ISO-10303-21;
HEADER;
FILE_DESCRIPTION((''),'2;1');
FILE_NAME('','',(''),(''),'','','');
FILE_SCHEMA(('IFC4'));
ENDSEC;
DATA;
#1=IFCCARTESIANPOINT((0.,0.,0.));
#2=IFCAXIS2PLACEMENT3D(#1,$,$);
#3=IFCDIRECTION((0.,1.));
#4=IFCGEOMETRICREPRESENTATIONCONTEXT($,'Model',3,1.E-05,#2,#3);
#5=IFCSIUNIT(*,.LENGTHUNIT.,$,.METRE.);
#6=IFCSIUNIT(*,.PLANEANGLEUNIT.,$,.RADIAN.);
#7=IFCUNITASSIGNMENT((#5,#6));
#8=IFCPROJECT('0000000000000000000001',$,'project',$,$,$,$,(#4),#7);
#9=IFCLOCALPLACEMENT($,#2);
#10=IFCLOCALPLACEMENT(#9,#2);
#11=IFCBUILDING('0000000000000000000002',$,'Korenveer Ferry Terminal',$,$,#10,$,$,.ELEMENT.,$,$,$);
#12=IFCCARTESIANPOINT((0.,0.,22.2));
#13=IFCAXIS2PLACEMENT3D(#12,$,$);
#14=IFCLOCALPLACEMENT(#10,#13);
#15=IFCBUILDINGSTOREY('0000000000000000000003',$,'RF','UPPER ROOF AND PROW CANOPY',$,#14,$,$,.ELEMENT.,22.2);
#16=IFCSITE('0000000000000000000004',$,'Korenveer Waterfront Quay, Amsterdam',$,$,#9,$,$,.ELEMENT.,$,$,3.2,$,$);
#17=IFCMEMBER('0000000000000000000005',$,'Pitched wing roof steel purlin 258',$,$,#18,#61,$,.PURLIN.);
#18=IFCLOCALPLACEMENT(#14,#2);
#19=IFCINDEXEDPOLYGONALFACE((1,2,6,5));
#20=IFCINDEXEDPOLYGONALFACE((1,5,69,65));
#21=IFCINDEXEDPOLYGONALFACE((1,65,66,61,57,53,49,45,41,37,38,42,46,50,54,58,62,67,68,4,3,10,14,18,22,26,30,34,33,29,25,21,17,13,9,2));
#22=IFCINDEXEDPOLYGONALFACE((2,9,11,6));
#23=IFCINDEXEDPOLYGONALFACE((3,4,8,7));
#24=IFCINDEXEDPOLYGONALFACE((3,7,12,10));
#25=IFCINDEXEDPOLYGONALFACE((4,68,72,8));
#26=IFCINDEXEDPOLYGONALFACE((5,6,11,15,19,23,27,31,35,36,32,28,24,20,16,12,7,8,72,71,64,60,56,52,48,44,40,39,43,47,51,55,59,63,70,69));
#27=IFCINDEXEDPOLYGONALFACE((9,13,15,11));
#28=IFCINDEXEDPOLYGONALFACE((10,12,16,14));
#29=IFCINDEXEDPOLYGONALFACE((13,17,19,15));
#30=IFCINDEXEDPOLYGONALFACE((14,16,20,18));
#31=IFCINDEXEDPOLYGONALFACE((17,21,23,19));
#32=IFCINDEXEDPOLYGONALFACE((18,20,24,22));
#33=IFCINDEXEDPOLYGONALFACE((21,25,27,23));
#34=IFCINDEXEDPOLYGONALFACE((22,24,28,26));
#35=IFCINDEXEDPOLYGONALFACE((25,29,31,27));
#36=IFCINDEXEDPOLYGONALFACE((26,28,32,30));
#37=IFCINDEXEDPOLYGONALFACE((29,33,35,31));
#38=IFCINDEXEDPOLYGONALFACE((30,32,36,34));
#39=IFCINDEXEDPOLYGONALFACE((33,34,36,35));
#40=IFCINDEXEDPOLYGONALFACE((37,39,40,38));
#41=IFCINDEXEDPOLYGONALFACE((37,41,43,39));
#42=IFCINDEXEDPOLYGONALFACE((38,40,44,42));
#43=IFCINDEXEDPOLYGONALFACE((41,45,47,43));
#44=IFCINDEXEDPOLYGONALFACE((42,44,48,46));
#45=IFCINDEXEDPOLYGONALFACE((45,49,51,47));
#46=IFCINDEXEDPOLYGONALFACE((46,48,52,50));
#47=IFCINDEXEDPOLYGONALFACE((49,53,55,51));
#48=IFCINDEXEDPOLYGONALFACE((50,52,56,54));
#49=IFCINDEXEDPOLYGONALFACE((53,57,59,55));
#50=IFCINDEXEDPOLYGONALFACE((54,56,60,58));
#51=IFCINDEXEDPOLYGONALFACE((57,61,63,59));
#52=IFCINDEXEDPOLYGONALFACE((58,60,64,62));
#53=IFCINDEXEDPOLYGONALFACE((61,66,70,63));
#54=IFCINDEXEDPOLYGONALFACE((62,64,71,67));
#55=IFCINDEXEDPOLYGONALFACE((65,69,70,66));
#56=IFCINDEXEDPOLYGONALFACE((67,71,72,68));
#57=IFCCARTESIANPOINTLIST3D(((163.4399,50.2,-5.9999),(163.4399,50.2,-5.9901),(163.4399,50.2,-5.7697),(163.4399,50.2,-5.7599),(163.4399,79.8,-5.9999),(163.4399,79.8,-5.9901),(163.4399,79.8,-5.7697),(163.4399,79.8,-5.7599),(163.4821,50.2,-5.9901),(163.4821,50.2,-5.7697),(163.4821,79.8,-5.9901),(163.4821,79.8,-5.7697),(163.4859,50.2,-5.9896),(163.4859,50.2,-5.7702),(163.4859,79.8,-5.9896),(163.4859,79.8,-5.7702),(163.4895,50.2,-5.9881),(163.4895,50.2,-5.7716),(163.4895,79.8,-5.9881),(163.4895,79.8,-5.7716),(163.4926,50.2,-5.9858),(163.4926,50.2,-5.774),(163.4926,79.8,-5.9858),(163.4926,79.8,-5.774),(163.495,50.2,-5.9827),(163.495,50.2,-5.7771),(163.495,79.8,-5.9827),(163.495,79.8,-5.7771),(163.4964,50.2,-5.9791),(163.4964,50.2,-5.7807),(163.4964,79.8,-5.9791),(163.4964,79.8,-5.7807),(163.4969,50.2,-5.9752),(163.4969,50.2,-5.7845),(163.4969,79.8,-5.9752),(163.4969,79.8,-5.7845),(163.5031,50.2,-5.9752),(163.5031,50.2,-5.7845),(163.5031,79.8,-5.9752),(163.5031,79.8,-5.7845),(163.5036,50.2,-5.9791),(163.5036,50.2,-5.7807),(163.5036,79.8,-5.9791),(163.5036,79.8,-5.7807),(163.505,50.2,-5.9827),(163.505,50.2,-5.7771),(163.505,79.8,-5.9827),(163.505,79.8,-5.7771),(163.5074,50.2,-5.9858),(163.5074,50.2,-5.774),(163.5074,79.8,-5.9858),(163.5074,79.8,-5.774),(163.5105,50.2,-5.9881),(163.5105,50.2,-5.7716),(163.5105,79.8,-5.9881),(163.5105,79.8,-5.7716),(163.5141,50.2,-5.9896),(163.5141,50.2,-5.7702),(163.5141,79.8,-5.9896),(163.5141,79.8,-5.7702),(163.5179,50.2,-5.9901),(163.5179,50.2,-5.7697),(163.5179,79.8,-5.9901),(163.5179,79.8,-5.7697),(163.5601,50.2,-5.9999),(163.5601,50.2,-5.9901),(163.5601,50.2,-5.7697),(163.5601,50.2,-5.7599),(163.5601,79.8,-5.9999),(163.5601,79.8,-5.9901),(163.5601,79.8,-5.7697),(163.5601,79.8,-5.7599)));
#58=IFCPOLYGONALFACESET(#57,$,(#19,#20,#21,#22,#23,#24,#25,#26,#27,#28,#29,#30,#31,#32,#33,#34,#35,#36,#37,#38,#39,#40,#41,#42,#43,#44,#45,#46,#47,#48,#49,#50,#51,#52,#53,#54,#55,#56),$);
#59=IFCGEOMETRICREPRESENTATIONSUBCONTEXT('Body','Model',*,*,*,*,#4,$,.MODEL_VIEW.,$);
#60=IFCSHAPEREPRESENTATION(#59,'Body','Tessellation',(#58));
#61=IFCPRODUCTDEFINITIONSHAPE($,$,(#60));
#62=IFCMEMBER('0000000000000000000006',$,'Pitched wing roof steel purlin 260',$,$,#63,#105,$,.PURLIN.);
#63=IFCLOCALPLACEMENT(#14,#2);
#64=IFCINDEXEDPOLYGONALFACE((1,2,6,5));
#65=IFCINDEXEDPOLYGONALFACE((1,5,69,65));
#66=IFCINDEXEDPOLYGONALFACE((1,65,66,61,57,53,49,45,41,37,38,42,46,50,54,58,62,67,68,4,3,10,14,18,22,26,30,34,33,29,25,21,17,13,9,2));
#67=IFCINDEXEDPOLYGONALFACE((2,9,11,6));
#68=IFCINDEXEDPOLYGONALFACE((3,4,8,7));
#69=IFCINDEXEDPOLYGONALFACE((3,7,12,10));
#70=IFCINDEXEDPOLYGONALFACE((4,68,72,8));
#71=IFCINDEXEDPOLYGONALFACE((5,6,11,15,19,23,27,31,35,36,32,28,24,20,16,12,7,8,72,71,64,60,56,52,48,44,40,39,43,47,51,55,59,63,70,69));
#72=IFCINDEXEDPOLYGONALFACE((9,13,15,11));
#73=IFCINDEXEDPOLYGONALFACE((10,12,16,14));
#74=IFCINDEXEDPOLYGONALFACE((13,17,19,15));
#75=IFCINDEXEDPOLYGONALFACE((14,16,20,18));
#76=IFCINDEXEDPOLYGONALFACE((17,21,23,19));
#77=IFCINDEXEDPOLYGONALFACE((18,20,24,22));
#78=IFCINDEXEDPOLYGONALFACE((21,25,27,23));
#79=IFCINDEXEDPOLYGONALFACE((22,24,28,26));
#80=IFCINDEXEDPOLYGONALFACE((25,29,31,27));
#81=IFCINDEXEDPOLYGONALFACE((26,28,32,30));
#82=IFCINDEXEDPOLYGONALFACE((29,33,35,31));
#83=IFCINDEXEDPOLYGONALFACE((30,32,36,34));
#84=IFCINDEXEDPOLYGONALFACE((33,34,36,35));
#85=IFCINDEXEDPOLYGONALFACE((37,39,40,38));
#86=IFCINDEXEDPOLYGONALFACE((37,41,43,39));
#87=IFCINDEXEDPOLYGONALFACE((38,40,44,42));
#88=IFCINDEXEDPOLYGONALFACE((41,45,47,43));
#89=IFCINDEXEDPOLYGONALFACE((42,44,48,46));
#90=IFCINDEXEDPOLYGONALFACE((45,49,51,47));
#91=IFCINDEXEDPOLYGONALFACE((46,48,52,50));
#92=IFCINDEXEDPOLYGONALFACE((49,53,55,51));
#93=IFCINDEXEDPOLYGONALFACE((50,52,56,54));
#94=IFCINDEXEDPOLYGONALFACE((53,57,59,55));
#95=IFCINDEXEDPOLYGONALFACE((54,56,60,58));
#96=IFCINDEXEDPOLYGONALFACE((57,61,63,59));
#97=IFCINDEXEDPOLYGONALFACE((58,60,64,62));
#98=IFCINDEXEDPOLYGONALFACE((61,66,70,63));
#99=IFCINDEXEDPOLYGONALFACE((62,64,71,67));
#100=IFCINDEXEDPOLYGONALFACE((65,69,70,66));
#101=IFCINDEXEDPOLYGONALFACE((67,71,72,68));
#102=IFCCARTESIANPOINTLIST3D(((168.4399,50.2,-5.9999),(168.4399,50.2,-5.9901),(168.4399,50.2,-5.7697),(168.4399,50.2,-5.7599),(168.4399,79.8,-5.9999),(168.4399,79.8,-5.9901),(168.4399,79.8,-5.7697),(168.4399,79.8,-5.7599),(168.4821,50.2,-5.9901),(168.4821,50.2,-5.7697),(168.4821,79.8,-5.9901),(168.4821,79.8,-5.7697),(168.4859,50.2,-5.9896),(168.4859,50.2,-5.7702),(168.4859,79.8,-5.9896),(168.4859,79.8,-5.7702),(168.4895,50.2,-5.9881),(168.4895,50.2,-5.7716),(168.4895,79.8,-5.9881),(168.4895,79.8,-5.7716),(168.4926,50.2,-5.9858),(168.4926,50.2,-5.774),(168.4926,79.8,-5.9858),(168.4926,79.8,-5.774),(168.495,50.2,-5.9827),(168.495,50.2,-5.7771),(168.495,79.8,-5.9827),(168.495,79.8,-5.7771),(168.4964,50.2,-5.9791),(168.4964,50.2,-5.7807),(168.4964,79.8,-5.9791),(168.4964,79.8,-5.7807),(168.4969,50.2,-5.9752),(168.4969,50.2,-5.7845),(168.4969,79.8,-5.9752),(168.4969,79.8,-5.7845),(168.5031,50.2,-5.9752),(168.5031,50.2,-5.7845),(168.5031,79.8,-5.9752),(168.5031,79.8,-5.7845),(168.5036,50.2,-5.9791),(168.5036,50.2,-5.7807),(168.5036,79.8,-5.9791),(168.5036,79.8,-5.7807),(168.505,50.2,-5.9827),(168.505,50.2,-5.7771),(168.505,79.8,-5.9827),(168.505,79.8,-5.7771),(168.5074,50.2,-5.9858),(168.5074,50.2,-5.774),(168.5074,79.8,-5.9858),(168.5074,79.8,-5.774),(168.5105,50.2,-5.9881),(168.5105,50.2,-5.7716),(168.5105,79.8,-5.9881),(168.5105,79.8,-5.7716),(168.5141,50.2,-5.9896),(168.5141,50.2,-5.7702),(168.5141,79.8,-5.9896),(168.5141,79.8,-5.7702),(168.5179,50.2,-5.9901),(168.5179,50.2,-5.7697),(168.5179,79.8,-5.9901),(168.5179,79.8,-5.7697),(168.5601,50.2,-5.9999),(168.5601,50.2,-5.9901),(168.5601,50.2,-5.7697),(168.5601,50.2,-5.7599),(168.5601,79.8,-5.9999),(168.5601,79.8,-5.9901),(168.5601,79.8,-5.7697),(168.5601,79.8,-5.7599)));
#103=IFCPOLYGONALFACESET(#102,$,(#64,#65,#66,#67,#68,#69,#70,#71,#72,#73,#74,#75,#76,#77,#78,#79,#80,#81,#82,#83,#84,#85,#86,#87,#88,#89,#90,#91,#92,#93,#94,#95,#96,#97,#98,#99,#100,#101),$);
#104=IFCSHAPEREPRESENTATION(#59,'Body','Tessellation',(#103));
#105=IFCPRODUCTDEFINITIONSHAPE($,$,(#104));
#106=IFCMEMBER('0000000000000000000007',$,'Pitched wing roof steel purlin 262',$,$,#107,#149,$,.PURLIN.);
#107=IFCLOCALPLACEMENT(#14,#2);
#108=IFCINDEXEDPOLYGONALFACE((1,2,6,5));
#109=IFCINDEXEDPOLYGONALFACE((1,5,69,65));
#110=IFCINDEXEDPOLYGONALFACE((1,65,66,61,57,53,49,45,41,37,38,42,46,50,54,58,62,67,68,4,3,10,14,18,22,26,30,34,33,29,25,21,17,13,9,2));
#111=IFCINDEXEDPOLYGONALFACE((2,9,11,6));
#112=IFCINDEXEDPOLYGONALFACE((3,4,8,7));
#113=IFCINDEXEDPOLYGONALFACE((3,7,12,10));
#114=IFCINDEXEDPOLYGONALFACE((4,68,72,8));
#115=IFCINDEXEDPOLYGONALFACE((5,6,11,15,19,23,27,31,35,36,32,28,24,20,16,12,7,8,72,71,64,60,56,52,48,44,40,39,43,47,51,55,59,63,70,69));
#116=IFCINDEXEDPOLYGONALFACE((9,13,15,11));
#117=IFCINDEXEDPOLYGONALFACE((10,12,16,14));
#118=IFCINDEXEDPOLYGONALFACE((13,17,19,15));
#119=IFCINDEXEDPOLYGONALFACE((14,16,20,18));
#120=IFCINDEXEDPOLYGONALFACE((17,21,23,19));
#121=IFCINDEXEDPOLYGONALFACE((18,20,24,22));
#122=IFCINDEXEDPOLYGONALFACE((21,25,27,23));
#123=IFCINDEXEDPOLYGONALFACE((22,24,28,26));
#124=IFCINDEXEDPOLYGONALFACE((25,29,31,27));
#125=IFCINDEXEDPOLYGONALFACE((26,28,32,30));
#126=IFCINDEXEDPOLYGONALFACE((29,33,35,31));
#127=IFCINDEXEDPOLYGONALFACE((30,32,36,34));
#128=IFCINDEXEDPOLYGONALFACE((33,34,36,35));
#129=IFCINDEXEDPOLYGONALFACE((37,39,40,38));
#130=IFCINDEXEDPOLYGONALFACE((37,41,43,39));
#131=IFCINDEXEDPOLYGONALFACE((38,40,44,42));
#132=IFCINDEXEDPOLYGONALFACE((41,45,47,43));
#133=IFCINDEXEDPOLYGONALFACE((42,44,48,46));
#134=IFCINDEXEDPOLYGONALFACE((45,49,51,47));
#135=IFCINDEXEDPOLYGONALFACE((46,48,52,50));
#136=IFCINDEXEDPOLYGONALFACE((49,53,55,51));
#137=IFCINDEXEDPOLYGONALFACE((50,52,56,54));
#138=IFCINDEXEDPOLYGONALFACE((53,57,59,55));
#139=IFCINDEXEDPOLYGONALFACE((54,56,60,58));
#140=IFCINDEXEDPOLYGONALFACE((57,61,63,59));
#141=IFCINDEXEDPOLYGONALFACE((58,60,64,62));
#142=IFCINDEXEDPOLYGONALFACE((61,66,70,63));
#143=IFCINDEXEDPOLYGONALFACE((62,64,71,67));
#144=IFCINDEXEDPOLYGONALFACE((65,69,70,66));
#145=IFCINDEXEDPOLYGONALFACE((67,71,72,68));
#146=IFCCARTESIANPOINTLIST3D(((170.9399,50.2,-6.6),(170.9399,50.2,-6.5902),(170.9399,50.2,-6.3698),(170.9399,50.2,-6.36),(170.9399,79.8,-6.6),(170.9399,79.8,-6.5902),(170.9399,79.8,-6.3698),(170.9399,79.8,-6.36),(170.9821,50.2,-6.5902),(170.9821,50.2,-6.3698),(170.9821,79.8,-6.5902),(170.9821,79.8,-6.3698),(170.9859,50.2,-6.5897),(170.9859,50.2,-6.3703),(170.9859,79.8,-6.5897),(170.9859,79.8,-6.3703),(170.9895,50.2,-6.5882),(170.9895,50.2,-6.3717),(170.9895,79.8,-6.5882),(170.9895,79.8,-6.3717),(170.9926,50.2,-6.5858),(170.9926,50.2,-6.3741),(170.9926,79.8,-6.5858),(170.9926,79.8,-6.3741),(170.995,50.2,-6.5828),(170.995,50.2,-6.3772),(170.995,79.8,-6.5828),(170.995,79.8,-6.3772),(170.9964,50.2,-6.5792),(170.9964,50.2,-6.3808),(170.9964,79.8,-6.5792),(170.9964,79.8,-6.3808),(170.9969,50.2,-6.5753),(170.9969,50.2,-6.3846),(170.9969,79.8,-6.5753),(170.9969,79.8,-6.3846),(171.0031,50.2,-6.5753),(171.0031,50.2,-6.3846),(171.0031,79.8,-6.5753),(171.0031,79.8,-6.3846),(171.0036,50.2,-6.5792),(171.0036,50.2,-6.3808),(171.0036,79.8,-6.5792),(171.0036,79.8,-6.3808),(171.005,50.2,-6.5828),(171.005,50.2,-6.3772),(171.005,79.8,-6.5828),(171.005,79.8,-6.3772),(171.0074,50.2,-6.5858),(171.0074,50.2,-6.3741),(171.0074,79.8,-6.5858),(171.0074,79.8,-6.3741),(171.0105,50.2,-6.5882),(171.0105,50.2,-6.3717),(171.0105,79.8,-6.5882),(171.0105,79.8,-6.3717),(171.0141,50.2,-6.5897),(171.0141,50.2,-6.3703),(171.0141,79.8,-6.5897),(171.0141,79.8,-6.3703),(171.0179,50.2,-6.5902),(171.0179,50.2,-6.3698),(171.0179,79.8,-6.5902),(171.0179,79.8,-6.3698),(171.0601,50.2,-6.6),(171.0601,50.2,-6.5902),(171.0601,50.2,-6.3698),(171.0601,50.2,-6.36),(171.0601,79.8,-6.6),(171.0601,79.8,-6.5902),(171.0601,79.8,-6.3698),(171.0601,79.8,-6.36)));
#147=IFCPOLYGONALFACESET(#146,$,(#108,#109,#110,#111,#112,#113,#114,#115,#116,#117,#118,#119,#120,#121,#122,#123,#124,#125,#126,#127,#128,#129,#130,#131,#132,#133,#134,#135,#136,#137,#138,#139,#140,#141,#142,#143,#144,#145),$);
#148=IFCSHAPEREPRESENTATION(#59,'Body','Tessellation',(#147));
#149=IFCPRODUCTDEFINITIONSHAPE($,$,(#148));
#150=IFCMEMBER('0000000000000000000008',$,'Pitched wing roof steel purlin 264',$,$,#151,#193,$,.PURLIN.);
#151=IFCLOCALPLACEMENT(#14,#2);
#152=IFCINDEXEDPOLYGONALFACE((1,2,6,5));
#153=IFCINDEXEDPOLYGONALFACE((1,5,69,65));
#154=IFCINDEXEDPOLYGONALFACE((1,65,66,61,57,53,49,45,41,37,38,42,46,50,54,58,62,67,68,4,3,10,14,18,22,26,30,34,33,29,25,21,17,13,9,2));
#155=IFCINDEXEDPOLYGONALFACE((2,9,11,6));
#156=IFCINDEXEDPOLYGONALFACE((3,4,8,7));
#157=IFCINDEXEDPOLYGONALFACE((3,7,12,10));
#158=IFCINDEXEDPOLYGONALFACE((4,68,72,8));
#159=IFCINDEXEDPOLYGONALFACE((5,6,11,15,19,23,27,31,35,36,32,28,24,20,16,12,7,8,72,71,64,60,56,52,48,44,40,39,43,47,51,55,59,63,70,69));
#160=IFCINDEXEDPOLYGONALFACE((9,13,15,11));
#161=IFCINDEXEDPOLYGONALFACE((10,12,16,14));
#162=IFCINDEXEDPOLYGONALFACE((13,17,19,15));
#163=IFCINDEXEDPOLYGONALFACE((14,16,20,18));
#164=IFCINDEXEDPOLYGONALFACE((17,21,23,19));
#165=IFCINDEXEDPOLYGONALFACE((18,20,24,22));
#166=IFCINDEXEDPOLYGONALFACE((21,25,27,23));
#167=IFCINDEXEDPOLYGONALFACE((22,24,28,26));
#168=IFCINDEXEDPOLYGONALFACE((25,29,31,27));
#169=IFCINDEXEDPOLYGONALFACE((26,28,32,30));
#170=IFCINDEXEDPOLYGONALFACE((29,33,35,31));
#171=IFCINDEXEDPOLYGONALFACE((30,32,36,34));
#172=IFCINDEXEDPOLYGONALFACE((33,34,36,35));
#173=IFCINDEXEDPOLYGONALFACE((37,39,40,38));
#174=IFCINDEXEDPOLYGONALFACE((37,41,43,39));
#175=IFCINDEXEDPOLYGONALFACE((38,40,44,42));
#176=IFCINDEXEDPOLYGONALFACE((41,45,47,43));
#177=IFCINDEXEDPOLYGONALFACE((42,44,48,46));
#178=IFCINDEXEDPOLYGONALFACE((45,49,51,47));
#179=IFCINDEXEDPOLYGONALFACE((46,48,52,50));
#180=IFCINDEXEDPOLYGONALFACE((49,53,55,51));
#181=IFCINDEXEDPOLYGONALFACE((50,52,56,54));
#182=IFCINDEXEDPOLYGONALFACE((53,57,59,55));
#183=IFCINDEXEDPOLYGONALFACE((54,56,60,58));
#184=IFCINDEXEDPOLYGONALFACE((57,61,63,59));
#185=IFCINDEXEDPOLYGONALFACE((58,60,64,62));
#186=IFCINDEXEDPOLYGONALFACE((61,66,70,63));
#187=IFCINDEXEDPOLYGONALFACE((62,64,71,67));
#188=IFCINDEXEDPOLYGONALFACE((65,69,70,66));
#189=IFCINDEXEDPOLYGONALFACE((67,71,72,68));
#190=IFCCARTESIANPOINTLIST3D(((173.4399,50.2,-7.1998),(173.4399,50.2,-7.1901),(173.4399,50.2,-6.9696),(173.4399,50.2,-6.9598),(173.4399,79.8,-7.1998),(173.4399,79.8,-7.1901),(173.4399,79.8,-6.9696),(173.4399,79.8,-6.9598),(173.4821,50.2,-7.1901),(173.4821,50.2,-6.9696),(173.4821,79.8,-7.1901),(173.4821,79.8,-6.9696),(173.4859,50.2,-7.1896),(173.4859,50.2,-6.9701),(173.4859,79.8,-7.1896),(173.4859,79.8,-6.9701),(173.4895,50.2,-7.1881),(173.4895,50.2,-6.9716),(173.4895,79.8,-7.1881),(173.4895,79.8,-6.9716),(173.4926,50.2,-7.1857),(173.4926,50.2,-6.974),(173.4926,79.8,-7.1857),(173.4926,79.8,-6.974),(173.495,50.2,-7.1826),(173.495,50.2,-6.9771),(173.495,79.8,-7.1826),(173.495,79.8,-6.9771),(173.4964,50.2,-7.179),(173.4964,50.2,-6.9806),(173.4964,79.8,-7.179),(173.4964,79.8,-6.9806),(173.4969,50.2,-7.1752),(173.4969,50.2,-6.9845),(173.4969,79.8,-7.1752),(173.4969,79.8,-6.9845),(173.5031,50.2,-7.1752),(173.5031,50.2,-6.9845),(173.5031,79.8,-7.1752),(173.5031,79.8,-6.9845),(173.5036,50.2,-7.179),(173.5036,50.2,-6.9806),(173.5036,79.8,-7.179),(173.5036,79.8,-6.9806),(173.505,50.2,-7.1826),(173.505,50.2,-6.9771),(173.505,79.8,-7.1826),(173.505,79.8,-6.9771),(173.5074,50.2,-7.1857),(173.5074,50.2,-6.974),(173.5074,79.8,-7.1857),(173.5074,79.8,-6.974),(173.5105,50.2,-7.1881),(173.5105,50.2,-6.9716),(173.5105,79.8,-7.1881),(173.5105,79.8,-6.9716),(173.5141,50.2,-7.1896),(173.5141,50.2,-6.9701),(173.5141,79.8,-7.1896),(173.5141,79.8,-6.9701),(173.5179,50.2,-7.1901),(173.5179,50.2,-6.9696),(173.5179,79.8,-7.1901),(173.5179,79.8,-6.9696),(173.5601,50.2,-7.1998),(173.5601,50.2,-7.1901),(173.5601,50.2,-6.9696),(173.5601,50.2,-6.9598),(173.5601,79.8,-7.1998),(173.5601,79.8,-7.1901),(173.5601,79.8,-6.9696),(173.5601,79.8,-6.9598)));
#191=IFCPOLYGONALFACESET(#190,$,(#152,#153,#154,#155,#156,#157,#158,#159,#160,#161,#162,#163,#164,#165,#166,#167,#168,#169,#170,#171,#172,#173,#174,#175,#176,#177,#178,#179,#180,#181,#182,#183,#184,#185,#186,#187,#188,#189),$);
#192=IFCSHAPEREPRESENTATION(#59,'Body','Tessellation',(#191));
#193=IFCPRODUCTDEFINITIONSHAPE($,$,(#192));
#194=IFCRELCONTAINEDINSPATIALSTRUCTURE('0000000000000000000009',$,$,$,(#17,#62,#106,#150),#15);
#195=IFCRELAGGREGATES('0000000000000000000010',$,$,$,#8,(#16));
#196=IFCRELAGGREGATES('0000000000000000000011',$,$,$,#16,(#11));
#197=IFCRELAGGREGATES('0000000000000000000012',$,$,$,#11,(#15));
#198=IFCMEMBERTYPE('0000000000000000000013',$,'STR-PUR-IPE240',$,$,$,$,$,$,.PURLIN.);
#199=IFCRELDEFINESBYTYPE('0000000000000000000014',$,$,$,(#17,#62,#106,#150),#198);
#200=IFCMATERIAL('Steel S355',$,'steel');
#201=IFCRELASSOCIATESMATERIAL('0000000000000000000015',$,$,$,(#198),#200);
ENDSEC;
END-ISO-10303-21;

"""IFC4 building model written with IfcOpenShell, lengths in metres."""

from ifc_helpers import new_model, si_unit, direction, frame, origin, origin_2d, place, context, subcontext, project, spatial, i_section, extrude, material, material_profile, profile_set, type_object, element, save


model = new_model("IFC4")

# Units and contexts
model_context = context("Model", 3, precision=1e-05, world=origin(), true_north=direction((0.0, 1.0)))
body_context = subcontext(model_context, "Body", "Model", "MODEL_VIEW")
ifc_project = project(units=[si_unit("LENGTHUNIT", "METRE"), si_unit("PLANEANGLEUNIT", "RADIAN")], contexts=[model_context])

# Site, building, storey
site_placement = place(None, origin())
site = spatial("IfcSite", under=ifc_project, at=site_placement, Name="Korenveer Waterfront Quay, Amsterdam", CompositionType="ELEMENT", RefElevation=3.2)
building_placement = place(site_placement, origin())
building = spatial("IfcBuilding", under=site, at=building_placement, Name="Korenveer Ferry Terminal", CompositionType="ELEMENT")
storey_placement = place(building_placement, frame((0.0, 0.0, 22.2)))
storey = spatial("IfcBuildingStorey", under=building, at=storey_placement, Name="RF", Description="UPPER ROOF AND PROW CANOPY", CompositionType="ELEMENT", Elevation=22.2)

# Shared definitions
ifc_material_1 = material(Name="Steel S355", Category="steel")

# Members
ifc_material_profile_1 = material_profile(ifc_material_1, i_section(OverallWidth=0.1201, OverallDepth=0.24, WebThickness=0.0061, FlangeThickness=0.0098, FilletRadius=0.0149, at=origin_2d()), Name="IPE 240")
ifc_profile_set_1 = profile_set([ifc_material_profile_1], Name="Steel S355")
member_type_1 = type_object("IfcMemberType", Name="STR-PUR-IPE240", PredefinedType="PURLIN", material=ifc_profile_set_1)
for number, where, z_axis, x_axis, name in (
    (1, (163.5, 50.2, -5.8799), (0.0, 1.0, 0.0), (-1.0, 0.0, 0.0), "Pitched wing roof steel purlin 258"),
    (2, (168.5, 50.2, -5.8799), (0.0, 1.0, 0.0), (-1.0, 0.0, 0.0), "Pitched wing roof steel purlin 260"),
    (3, (171.0, 50.2, -6.48), (0.0, 1.0, 0.0), (-1.0, 0.0, 0.0), "Pitched wing roof steel purlin 262"),
    (4, (173.5, 50.2, -7.0798), (0.0, 1.0, 0.0), (-1.0, 0.0, 0.0), "Pitched wing roof steel purlin 264"),
):
    element("IfcMember", number, at=place(storey_placement, frame(where, z_axis=z_axis, x_axis=x_axis)), inside=storey, type_object=member_type_1, Name=name, PredefinedType="PURLIN", context=body_context, shape_type="SweptSolid", body=[
        extrude(i_section(OverallWidth=0.1201, OverallDepth=0.24, WebThickness=0.0061, FlangeThickness=0.0098, FilletRadius=0.0149, at=origin_2d()), origin(), (0.0, 0.0, 1.0), 29.6001),
    ])

save(model, "model.ifc")
